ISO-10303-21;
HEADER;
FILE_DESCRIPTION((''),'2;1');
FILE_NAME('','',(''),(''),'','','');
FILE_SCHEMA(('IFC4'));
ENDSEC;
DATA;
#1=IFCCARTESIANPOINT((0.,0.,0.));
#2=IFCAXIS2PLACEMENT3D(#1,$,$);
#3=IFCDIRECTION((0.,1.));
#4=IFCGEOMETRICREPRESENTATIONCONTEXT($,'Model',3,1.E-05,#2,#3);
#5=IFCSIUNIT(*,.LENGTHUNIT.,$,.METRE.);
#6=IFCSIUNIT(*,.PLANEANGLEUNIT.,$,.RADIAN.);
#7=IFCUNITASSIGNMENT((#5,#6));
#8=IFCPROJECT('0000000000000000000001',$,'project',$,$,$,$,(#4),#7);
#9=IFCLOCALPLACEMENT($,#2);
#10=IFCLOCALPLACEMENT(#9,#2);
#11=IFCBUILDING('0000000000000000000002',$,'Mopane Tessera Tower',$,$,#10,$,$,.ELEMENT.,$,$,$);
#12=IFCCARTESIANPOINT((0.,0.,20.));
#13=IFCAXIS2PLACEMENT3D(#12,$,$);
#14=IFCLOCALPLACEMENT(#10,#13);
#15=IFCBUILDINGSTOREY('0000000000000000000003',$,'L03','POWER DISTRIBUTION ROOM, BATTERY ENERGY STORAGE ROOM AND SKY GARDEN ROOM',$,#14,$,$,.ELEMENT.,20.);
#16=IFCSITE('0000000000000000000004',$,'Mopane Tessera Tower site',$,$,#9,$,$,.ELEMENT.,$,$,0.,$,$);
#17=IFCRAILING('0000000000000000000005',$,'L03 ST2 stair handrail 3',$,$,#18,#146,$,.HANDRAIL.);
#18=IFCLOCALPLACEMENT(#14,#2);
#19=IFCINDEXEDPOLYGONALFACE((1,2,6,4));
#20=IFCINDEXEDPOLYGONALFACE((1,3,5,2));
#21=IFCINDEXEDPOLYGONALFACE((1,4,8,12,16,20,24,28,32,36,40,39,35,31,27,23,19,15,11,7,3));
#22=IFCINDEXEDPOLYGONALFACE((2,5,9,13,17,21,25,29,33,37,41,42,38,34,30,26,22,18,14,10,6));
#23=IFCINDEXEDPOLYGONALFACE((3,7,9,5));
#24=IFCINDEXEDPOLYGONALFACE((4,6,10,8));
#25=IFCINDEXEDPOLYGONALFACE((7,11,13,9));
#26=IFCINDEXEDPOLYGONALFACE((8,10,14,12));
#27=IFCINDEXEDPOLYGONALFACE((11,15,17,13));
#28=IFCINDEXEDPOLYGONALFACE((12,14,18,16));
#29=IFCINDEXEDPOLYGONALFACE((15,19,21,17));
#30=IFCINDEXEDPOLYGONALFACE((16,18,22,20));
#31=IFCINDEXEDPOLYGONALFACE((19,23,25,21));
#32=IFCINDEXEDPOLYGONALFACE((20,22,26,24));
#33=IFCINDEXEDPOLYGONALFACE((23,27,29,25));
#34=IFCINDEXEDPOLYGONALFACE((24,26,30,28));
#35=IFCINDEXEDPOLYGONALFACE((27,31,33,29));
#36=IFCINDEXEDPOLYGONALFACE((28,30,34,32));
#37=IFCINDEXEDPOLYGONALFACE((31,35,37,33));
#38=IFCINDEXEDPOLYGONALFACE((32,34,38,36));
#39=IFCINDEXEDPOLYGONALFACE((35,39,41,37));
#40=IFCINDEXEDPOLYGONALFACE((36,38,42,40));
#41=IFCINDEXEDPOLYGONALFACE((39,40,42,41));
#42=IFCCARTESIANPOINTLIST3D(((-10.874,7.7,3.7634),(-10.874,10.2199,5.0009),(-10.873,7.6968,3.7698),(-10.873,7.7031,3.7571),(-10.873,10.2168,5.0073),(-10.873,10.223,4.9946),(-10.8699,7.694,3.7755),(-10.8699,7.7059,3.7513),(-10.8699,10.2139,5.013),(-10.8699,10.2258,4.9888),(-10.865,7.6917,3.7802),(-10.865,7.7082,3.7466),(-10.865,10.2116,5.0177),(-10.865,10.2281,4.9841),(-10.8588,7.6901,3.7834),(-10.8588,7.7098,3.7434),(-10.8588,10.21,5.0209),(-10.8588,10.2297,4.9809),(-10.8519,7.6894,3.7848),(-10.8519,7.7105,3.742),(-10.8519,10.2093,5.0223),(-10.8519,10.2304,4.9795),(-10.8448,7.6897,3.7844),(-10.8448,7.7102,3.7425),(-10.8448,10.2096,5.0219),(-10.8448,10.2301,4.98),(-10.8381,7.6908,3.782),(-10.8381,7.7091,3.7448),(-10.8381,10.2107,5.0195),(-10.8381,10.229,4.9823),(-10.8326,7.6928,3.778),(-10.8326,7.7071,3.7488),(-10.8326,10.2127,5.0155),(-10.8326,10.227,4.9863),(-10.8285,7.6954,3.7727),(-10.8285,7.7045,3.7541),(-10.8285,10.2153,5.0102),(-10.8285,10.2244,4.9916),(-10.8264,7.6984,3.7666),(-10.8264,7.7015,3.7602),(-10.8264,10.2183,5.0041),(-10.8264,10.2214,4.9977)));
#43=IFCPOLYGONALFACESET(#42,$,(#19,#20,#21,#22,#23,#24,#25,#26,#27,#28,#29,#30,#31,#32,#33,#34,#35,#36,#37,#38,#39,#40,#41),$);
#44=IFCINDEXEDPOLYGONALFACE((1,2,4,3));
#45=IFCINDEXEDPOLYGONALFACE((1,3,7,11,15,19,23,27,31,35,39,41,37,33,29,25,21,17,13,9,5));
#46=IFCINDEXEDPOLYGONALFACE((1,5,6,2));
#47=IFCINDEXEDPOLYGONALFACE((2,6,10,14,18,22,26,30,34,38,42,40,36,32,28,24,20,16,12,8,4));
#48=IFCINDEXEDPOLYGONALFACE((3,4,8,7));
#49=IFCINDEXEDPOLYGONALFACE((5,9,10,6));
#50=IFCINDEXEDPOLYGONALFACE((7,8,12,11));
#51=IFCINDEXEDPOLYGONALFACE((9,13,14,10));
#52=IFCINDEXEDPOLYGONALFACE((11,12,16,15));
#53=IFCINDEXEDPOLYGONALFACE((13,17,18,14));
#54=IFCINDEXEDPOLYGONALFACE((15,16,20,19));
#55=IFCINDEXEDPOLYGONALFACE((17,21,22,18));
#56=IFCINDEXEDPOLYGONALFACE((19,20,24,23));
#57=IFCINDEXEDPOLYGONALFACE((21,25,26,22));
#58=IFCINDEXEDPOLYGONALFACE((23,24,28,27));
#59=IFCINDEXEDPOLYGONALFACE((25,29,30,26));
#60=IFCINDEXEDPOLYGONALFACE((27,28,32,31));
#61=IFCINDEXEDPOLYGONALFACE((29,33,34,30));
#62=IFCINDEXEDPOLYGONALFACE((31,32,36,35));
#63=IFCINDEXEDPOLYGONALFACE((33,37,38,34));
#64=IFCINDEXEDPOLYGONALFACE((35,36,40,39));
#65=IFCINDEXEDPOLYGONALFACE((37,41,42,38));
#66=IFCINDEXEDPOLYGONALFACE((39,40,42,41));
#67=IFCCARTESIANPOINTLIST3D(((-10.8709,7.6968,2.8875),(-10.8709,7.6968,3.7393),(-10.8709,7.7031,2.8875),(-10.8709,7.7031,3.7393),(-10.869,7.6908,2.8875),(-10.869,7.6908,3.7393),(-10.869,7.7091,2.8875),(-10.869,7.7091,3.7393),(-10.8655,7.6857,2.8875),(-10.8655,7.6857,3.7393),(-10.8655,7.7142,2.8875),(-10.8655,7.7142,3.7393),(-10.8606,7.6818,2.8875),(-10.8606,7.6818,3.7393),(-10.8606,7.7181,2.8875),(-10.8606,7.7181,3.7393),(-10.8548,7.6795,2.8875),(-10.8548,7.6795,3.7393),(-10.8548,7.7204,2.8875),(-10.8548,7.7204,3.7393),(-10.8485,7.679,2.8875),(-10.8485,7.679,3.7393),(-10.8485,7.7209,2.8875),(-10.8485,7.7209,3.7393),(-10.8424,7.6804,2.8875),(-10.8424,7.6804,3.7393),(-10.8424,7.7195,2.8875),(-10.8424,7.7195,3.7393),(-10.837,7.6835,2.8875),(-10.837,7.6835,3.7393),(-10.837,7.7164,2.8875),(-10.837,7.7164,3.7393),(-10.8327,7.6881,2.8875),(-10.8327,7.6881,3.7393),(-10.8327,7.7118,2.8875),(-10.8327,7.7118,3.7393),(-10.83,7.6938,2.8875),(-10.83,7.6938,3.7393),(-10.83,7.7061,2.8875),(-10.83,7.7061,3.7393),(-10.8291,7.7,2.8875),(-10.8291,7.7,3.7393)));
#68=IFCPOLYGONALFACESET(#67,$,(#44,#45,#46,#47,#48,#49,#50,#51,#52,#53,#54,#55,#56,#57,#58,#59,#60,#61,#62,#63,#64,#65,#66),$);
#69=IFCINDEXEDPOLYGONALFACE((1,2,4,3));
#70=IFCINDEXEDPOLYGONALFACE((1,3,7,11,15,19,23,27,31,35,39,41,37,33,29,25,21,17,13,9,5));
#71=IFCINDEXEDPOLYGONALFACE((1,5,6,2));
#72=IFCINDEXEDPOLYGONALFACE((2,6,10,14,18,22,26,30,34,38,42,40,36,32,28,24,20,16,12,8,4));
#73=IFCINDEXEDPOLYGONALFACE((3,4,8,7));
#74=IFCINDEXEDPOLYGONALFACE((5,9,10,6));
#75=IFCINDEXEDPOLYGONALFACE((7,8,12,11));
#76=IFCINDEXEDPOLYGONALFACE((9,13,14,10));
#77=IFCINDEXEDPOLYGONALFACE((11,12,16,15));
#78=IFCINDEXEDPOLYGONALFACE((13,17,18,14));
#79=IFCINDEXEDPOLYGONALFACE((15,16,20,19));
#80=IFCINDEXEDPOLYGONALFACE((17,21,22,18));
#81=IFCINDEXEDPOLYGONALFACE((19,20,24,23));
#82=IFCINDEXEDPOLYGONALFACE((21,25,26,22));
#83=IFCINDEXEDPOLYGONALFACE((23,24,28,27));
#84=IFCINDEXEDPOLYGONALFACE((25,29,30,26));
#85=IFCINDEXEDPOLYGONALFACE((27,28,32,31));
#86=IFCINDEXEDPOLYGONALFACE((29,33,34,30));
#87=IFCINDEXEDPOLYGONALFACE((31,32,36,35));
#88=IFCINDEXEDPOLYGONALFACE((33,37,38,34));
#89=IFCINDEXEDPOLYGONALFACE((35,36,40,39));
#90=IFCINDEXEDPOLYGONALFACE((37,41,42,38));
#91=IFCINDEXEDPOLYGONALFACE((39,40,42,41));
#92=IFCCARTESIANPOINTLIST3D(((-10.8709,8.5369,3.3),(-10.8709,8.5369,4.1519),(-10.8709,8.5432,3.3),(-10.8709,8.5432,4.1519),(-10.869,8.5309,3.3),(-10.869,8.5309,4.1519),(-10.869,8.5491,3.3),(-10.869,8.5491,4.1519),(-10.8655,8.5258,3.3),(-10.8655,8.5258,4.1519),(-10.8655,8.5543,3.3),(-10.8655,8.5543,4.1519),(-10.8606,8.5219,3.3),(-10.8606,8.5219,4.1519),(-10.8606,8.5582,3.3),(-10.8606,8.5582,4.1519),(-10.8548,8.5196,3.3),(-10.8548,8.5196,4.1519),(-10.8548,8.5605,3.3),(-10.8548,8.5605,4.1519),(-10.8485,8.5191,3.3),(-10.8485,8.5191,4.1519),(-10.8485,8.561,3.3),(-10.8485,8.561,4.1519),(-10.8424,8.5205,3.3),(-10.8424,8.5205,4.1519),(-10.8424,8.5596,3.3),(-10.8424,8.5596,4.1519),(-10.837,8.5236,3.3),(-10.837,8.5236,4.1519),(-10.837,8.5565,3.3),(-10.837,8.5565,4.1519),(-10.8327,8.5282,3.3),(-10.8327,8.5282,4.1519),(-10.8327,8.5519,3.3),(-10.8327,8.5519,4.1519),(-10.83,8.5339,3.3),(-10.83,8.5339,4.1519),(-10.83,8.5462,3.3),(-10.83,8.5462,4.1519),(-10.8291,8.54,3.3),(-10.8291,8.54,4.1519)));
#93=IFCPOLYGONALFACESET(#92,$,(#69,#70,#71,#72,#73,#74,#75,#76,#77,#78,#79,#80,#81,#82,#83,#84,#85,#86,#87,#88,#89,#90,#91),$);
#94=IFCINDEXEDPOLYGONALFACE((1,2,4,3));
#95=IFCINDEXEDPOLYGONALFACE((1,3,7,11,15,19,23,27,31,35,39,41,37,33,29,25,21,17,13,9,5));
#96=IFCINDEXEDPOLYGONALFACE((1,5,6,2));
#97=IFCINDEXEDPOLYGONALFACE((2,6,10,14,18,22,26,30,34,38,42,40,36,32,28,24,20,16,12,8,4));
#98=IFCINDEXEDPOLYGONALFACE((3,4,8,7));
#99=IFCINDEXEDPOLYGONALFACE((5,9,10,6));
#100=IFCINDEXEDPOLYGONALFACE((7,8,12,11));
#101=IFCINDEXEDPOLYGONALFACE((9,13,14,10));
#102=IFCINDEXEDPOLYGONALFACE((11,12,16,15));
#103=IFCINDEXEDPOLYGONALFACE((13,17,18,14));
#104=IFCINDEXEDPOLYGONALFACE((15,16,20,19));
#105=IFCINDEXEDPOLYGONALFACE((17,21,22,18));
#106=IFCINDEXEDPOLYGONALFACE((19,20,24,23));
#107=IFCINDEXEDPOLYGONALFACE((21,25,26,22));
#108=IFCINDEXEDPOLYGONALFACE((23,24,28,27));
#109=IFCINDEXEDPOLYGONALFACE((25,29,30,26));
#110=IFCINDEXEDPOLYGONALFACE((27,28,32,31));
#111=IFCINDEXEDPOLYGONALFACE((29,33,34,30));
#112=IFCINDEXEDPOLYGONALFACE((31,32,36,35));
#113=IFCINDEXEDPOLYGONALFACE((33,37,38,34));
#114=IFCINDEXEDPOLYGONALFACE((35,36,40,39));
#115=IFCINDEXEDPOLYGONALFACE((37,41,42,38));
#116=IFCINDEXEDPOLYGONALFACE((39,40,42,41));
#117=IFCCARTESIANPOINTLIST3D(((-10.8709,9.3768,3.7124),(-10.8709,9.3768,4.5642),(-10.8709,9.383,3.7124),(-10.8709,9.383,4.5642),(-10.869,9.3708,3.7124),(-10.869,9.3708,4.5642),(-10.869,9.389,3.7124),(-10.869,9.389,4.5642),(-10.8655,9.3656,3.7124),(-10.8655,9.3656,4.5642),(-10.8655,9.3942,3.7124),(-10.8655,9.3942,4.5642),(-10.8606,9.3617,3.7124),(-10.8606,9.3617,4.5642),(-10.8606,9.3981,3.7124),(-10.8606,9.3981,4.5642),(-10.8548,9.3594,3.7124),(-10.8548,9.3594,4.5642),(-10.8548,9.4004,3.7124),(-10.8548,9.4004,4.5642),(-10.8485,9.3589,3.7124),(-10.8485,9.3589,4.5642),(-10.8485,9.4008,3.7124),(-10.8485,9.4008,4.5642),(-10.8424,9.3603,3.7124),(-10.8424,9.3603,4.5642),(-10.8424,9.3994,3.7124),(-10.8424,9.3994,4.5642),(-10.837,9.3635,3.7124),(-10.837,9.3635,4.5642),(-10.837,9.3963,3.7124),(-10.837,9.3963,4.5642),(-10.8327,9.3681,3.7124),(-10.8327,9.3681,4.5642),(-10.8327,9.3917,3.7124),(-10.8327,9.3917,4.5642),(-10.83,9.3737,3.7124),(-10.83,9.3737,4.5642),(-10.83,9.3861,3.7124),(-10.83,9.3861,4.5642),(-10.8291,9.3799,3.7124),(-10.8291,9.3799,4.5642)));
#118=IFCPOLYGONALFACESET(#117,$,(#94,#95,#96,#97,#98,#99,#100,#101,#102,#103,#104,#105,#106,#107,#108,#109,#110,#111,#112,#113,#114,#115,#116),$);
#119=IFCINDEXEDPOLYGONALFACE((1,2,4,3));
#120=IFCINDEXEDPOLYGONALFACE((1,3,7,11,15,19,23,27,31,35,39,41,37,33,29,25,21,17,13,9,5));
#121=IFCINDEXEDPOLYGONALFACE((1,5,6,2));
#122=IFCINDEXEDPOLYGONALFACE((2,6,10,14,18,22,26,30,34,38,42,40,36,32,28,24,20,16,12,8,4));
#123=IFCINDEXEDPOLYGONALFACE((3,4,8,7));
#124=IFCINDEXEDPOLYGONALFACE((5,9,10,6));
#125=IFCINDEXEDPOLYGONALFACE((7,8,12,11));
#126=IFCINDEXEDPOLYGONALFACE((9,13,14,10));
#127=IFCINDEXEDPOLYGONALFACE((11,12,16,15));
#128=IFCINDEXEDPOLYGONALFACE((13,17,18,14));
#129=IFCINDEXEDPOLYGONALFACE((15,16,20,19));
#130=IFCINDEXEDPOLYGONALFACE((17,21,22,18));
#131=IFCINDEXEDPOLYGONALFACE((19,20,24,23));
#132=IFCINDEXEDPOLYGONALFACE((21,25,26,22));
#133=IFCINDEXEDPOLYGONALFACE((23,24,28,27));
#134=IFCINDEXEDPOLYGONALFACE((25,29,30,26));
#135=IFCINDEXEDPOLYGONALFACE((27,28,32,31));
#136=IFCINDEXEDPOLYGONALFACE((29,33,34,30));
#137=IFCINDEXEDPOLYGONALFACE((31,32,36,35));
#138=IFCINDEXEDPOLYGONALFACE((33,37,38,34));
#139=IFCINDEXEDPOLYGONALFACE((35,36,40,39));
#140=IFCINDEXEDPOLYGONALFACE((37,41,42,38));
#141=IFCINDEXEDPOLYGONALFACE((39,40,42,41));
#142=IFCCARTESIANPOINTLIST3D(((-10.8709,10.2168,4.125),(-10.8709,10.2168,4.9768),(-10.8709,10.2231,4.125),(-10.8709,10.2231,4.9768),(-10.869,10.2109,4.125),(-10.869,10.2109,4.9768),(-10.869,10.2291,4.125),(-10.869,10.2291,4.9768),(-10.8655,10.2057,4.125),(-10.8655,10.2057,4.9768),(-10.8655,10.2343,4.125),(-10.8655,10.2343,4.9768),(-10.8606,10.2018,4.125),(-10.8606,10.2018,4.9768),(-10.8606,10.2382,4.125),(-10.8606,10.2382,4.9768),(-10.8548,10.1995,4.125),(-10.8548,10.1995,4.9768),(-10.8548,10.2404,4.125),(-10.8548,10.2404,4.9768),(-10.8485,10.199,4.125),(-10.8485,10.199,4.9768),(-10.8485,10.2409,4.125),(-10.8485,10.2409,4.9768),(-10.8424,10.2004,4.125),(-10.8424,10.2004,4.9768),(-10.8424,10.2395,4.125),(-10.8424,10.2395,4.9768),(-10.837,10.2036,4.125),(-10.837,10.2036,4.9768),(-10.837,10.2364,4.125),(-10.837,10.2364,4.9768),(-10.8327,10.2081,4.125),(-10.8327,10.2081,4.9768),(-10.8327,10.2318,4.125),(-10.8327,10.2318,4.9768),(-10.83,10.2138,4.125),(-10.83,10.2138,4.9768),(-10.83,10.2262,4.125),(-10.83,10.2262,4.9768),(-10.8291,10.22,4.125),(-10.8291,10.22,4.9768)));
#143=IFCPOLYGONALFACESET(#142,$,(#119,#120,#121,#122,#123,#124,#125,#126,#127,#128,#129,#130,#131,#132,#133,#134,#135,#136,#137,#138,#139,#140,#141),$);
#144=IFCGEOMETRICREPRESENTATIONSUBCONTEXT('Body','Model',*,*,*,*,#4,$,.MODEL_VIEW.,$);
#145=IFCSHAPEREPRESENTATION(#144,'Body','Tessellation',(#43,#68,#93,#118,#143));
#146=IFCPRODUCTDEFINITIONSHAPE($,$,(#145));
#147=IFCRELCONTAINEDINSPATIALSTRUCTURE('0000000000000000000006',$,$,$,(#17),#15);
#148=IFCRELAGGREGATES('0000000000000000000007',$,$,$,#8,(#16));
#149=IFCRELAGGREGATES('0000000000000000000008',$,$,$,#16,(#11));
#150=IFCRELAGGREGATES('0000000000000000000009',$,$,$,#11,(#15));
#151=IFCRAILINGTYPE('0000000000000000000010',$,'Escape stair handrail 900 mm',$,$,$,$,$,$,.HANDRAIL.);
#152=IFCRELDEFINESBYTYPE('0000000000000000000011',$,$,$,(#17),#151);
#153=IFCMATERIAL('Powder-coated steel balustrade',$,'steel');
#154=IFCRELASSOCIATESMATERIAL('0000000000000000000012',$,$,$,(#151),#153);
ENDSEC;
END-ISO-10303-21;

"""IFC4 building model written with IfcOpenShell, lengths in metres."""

from ifc_helpers import new_model, si_unit, direction, frame, origin, origin_2d, place, context, subcontext, project, spatial, circle, extrude, material, type_object, element, save


model = new_model("IFC4")

# Units and contexts
model_context = context("Model", 3, precision=1e-05, world=origin(), true_north=direction((0.0, 1.0)))
body_context = subcontext(model_context, "Body", "Model", "MODEL_VIEW")
ifc_project = project(units=[si_unit("LENGTHUNIT", "METRE"), si_unit("PLANEANGLEUNIT", "RADIAN")], contexts=[model_context])

# Site, building, storey
site_placement = place(None, origin())
site = spatial("IfcSite", under=ifc_project, at=site_placement, Name="Mopane Tessera Tower site", CompositionType="ELEMENT", RefElevation=0.0)
building_placement = place(site_placement, origin())
building = spatial("IfcBuilding", under=site, at=building_placement, Name="Mopane Tessera Tower", CompositionType="ELEMENT")
storey_placement = place(building_placement, frame((0.0, 0.0, 20.0)))
storey = spatial("IfcBuildingStorey", under=building, at=storey_placement, Name="L03", Description="POWER DISTRIBUTION ROOM, BATTERY ENERGY STORAGE ROOM AND SKY GARDEN ROOM", CompositionType="ELEMENT", Elevation=20.0)

# Railing
ifc_material_1 = material(Name="Powder-coated steel balustrade", Category="steel")
railing_type_1 = type_object("IfcRailingType", Name="Escape stair handrail 900 mm", PredefinedType="HANDRAIL", material=ifc_material_1)
railing_1_placement = place(storey_placement, frame((-10.8501, 7.7, 2.8875)))
element("IfcRailing", 1, at=railing_1_placement, inside=storey, type_object=railing_type_1, Name="L03 ST2 stair handrail 3", PredefinedType="HANDRAIL", context=body_context, shape_type="SweptSolid", body=[
    extrude(circle(Radius=0.0239, at=origin_2d()), frame((0.0, 0.0, 0.876), z_axis=(0.0, 0.897604, 0.440802), x_axis=(-1.0, 0.0, 0.0)), (0.0, 0.0, 1.0), 2.8074),
    extrude(circle(Radius=0.021, at=origin_2d()), origin(), (0.0, 0.0, 1.0), 0.8518),
    extrude(circle(Radius=0.021, at=origin_2d()), frame((0.0, 0.8401, 0.4126)), (0.0, 0.0, 1.0), 0.8518),
    extrude(circle(Radius=0.021, at=origin_2d()), frame((0.0, 1.6799, 0.825)), (0.0, 0.0, 1.0), 0.8518),
    extrude(circle(Radius=0.021, at=origin_2d()), frame((0.0, 2.52, 1.2375)), (0.0, 0.0, 1.0), 0.8518),
])

save(model, "model.ifc")
